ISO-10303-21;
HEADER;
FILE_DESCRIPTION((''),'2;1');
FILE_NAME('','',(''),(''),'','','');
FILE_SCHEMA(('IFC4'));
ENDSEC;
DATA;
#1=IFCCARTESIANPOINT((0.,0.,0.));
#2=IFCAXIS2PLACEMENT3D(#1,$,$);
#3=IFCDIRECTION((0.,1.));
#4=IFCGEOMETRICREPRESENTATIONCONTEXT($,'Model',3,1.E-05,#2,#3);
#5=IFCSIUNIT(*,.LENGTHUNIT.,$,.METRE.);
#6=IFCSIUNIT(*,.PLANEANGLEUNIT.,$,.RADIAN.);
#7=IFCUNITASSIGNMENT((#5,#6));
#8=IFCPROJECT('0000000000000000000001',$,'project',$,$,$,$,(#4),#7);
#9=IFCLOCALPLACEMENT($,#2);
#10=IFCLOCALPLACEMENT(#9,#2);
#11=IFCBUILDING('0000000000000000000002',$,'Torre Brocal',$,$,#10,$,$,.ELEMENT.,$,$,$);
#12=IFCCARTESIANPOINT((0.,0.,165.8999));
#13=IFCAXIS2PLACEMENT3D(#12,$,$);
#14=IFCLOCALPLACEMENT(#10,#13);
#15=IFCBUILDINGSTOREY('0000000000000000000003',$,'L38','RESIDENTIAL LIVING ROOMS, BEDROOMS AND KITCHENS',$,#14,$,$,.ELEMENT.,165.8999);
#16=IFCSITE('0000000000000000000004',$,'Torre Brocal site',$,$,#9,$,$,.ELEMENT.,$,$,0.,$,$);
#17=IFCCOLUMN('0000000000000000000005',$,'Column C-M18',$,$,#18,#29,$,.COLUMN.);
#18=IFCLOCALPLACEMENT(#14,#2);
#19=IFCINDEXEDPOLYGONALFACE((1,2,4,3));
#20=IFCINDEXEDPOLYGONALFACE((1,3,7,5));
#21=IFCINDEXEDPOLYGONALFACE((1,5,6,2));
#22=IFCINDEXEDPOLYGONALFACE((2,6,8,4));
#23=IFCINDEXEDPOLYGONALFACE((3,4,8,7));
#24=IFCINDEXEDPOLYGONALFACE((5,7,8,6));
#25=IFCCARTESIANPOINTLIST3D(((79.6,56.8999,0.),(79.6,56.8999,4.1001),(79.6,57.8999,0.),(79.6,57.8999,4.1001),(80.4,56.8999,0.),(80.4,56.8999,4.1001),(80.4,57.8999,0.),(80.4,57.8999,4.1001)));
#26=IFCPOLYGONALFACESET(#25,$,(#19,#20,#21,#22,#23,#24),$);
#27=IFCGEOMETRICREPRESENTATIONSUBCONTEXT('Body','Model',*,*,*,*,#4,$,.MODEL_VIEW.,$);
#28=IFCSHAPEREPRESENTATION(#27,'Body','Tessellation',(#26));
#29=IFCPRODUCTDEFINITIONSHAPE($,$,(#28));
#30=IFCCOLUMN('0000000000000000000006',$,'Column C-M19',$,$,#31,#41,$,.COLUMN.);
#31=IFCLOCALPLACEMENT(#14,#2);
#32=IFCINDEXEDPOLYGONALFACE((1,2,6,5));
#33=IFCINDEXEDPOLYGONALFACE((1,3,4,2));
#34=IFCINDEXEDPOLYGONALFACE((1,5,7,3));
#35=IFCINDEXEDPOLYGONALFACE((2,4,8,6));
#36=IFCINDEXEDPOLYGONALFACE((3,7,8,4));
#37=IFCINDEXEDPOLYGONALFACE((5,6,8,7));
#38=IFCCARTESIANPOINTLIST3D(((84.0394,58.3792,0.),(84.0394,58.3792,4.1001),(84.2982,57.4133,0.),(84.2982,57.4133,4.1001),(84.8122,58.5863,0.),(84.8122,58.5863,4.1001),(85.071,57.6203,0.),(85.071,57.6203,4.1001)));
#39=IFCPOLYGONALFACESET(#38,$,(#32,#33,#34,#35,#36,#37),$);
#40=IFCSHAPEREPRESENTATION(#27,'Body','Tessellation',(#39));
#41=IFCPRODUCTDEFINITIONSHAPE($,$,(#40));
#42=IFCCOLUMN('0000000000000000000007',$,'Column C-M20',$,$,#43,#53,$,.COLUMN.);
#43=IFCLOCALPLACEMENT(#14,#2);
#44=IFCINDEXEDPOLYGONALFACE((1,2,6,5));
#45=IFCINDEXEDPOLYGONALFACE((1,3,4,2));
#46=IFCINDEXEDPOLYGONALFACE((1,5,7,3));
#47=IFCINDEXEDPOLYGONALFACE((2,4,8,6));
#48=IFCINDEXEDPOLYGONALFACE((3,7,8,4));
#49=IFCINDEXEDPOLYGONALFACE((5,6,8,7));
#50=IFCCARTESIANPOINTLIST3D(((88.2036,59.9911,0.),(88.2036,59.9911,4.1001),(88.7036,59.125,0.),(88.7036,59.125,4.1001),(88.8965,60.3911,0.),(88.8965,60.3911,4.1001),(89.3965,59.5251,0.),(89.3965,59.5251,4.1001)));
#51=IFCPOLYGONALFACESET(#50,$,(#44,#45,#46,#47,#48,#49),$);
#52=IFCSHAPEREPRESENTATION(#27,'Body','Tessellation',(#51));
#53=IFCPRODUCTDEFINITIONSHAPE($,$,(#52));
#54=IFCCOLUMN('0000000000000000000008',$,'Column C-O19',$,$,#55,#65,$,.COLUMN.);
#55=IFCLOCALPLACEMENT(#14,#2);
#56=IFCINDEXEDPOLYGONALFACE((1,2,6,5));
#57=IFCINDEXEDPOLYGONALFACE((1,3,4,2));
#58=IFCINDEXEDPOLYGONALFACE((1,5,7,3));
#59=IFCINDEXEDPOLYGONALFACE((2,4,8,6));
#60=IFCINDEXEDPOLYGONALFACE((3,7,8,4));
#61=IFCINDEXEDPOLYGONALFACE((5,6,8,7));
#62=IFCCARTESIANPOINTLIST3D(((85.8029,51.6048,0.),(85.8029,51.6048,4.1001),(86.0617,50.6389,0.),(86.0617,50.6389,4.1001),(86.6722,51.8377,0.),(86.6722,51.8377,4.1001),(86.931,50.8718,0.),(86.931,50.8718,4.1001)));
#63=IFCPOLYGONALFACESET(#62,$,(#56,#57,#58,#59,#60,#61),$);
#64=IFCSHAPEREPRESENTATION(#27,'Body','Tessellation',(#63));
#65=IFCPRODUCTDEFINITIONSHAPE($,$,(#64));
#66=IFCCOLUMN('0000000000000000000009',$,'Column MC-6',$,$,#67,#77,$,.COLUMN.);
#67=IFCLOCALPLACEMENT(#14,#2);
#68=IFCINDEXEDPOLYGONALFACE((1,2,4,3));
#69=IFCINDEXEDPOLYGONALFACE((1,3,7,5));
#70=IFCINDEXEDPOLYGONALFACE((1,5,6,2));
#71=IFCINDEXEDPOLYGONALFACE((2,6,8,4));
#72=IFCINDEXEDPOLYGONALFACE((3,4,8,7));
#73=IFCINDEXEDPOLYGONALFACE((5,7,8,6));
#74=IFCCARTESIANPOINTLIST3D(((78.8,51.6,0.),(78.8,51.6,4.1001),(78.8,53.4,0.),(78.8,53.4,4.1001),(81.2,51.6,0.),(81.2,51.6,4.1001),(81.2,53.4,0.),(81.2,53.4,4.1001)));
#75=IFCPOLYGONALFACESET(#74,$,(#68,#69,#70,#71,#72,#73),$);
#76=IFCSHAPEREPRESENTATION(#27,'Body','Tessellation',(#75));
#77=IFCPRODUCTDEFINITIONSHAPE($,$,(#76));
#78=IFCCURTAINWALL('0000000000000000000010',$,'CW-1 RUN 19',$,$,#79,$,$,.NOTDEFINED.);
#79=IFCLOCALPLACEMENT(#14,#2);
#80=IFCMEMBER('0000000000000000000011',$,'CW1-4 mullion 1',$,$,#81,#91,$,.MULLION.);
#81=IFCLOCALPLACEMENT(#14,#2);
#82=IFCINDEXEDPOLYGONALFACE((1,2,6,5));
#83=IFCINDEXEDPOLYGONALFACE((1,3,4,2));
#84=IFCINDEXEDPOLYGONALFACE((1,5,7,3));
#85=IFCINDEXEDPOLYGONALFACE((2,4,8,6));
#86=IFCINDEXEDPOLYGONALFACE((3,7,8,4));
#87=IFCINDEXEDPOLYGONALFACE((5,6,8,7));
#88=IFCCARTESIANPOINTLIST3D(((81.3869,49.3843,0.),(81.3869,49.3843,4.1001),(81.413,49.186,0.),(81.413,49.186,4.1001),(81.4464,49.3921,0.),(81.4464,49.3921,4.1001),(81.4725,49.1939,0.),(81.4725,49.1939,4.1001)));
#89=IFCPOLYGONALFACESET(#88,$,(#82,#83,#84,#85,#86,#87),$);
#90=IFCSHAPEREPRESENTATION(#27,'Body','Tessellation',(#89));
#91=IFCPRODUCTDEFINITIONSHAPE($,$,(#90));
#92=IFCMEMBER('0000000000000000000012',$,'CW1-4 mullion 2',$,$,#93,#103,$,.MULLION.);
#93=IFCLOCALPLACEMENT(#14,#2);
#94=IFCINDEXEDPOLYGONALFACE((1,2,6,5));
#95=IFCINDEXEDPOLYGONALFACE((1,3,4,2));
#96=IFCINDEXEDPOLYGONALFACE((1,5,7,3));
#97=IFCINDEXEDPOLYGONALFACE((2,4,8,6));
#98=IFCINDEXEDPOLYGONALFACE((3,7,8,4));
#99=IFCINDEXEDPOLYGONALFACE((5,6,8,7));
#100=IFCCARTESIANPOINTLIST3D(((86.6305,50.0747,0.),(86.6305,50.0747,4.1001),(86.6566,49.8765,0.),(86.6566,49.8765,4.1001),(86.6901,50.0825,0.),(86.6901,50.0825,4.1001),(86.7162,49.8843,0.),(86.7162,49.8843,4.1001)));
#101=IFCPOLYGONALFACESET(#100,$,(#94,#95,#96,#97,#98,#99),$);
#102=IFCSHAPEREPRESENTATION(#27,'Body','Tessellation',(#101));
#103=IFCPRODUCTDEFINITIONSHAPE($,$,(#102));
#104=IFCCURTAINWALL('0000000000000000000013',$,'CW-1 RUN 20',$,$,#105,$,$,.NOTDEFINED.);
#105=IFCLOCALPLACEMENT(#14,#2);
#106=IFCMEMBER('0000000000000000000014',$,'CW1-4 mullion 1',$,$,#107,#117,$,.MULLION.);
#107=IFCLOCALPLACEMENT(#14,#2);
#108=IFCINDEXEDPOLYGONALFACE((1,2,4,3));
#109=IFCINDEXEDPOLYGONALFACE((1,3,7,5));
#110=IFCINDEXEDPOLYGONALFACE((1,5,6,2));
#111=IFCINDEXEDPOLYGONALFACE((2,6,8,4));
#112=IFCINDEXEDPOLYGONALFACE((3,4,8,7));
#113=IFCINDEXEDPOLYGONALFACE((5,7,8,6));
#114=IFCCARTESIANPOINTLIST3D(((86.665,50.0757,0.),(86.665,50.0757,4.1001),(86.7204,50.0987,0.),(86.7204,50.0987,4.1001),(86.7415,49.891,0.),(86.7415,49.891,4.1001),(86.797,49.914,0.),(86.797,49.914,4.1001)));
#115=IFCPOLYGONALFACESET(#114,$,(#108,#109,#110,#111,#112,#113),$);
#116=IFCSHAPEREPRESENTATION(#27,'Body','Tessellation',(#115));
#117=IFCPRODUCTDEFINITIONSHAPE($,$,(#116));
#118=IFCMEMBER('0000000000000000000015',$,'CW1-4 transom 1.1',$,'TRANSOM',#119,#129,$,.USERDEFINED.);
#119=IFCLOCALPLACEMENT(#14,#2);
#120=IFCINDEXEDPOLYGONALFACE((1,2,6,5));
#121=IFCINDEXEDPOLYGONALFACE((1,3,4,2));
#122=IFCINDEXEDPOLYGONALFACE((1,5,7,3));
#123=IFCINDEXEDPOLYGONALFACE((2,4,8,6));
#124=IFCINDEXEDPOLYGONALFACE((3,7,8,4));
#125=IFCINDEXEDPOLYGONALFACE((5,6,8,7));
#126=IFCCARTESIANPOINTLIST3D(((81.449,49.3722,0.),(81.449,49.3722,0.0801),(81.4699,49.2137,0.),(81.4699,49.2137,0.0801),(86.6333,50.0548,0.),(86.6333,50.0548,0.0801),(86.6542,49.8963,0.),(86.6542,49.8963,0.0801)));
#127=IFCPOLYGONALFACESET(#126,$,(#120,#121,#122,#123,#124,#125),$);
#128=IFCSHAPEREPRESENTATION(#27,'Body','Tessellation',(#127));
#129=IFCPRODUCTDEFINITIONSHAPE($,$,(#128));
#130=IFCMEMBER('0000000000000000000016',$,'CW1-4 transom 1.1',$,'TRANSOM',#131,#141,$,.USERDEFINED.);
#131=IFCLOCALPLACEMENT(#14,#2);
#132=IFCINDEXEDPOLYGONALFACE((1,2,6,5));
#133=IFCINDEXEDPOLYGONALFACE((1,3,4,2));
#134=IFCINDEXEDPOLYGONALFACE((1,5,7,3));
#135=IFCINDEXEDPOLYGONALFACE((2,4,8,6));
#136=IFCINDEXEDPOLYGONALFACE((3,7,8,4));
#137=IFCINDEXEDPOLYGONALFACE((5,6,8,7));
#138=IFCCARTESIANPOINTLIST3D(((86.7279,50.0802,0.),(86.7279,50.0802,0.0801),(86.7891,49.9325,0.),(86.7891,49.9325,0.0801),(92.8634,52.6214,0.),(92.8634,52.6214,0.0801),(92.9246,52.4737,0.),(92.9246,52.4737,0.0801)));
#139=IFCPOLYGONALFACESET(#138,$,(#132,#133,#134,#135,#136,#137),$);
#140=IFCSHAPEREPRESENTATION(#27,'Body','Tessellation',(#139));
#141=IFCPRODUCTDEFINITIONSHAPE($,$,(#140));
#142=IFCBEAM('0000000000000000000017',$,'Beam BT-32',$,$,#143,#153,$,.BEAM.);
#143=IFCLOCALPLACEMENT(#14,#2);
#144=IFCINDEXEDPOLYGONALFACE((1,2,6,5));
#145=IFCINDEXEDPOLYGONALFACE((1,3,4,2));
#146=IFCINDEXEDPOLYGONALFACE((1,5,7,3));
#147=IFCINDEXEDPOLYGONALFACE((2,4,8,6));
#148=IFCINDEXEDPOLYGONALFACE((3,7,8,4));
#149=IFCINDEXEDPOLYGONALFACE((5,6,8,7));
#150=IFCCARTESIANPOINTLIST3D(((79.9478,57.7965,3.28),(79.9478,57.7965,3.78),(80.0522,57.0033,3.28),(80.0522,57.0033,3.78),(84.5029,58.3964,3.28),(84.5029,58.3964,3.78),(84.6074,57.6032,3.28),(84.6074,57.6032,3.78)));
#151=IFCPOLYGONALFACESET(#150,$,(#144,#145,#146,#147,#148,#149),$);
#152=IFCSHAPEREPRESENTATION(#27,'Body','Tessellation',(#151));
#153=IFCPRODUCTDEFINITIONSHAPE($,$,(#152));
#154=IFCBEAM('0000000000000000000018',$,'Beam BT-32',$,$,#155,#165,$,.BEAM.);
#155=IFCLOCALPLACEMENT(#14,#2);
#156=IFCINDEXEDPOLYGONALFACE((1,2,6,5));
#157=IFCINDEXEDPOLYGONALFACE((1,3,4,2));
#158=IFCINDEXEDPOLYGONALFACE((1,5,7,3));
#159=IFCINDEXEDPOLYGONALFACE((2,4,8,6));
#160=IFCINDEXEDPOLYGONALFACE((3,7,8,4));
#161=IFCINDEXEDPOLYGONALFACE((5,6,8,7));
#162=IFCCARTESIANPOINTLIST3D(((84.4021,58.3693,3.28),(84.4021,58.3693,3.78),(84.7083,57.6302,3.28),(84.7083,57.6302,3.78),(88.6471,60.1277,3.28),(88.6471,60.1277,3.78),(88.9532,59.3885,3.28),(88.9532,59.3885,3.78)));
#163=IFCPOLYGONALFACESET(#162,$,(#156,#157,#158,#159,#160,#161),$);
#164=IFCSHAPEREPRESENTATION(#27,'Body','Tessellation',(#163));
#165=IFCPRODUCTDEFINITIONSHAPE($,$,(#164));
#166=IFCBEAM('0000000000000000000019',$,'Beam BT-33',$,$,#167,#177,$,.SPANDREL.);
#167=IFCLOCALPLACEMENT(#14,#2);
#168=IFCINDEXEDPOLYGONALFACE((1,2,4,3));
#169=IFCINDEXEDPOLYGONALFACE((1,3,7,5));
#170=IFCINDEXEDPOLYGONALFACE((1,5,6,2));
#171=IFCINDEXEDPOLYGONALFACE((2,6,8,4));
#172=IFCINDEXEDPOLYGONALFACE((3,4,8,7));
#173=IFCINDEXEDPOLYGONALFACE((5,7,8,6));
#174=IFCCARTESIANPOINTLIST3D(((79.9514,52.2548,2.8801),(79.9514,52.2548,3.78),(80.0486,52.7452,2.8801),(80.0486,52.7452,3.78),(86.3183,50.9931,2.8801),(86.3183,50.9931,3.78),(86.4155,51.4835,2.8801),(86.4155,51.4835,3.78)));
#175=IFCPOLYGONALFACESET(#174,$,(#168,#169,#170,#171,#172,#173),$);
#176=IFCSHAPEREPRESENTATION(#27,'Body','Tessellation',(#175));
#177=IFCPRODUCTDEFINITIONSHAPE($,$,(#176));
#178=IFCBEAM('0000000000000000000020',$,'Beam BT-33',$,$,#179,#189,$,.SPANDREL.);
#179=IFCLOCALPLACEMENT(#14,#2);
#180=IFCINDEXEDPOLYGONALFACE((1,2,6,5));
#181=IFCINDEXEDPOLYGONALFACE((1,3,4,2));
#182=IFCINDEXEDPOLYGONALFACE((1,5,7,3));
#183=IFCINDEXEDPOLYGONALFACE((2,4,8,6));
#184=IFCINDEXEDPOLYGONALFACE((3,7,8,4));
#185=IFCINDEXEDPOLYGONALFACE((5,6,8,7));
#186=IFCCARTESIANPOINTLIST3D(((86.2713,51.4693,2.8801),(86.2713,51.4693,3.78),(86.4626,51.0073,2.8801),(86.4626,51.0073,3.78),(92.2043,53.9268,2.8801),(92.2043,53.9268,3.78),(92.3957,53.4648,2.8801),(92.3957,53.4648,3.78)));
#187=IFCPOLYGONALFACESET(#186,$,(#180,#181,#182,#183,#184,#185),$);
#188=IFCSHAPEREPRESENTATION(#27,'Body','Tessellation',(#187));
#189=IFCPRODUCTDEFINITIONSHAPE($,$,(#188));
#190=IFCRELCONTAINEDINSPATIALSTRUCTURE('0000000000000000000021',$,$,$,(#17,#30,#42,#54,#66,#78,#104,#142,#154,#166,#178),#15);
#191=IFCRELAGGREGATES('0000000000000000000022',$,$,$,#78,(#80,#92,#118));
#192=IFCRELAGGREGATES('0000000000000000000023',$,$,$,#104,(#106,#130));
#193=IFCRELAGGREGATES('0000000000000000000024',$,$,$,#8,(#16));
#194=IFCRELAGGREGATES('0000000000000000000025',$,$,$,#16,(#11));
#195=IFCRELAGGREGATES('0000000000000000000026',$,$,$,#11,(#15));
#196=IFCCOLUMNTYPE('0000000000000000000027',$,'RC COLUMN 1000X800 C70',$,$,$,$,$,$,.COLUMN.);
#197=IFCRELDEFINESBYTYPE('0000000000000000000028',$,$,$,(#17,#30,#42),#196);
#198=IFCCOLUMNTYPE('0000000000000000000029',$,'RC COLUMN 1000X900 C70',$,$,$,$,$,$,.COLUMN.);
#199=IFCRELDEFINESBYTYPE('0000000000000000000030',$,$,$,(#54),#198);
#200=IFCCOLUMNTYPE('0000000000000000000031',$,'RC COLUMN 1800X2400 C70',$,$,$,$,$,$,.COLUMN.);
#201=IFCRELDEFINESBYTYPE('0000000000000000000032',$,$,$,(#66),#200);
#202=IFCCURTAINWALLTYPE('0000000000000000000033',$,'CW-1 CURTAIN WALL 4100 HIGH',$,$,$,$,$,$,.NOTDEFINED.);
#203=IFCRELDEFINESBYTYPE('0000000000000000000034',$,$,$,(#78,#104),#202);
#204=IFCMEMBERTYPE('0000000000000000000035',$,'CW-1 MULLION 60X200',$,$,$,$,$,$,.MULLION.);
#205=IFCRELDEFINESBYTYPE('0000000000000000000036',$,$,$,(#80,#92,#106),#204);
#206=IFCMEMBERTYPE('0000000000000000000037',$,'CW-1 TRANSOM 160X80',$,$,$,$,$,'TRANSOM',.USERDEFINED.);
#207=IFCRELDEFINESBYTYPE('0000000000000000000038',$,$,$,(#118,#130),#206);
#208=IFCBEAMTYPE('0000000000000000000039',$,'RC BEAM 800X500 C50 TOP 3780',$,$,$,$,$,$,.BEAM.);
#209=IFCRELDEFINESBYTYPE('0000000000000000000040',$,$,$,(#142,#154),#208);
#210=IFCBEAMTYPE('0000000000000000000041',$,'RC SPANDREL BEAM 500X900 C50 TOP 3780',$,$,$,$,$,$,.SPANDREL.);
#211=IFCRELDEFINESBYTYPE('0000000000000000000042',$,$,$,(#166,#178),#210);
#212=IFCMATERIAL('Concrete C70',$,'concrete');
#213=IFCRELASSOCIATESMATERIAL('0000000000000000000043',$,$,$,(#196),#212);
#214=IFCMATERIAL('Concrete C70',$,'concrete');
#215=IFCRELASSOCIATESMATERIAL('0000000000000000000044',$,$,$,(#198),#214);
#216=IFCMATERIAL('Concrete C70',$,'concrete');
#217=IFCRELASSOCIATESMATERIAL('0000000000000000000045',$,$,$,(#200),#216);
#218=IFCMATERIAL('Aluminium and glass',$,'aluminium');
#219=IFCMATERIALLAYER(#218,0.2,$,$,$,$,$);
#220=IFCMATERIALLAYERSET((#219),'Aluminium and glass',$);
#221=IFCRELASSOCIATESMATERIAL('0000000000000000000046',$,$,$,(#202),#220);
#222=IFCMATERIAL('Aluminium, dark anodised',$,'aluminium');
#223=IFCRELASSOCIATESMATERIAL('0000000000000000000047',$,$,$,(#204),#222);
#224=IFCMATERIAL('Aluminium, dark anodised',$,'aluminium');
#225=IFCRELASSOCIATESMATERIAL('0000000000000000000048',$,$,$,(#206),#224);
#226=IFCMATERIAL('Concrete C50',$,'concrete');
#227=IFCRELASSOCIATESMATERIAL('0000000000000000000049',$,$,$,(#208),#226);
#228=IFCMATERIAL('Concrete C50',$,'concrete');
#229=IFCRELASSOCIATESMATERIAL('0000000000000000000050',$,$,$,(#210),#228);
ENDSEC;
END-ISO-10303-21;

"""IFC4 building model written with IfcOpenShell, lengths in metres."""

from ifc_helpers import new_model, si_unit, direction, frame, origin, origin_2d, place, context, subcontext, project, spatial, rectangle, extrude, material, layer, layer_set, material_profile, profile_set, type_object, element, aggregate, save


model = new_model("IFC4")

# Units and contexts
model_context = context("Model", 3, precision=1e-05, world=origin(), true_north=direction((0.0, 1.0)))
body_context = subcontext(model_context, "Body", "Model", "MODEL_VIEW")
ifc_project = project(units=[si_unit("LENGTHUNIT", "METRE"), si_unit("PLANEANGLEUNIT", "RADIAN")], contexts=[model_context])

# Site, building, storey
site_placement = place(None, origin())
site = spatial("IfcSite", under=ifc_project, at=site_placement, Name="Torre Brocal site", CompositionType="ELEMENT", RefElevation=0.0)
building_placement = place(site_placement, origin())
building = spatial("IfcBuilding", under=site, at=building_placement, Name="Torre Brocal", CompositionType="ELEMENT")
storey_placement = place(building_placement, frame((0.0, 0.0, 165.8999)))
storey = spatial("IfcBuildingStorey", under=building, at=storey_placement, Name="L38", Description="RESIDENTIAL LIVING ROOMS, BEDROOMS AND KITCHENS", CompositionType="ELEMENT", Elevation=165.8999)

# Columns
ifc_material_1 = material(Name="Concrete C70", Category="concrete")
ifc_material_profile_1 = material_profile(ifc_material_1, rectangle(XDim=1.0, YDim=0.8, at=origin_2d()), Name="RC 1000X800")
ifc_profile_set_1 = profile_set([ifc_material_profile_1], Name="Concrete C70")
column_type_1 = type_object("IfcColumnType", Name="RC COLUMN 1000X800 C70", PredefinedType="COLUMN", material=ifc_profile_set_1)
for number, where, z_axis, x_axis, name in (
    (1, (80.0, 57.3999, 0.0), (0.0, 0.0, 1.0), (0.0, -1.0, 0.0), "Column C-M18"),
    (2, (84.5552, 57.9998, 0.0), (0.0, 0.0, 1.0), (0.258819, -0.965926, 0.0), "Column C-M19"),
    (3, (88.8, 59.7581, 0.0), (0.0, 0.0, 1.0), (0.5, -0.866025, 0.0), "Column C-M20"),
):
    element("IfcColumn", number, at=place(storey_placement, frame(where, z_axis=z_axis, x_axis=x_axis)), inside=storey, type_object=column_type_1, Name=name, PredefinedType="COLUMN", context=body_context, shape_type="SweptSolid", body=[
        extrude(rectangle(XDim=1.0, YDim=0.8, at=origin_2d()), origin(), (0.0, 0.0, 1.0), 4.1001),
    ])
ifc_material_2 = material(Name="Concrete C70", Category="concrete")
ifc_material_profile_2 = material_profile(ifc_material_2, rectangle(XDim=1.0, YDim=0.8999, at=origin_2d()), Name="RC 1000X900")
ifc_profile_set_2 = profile_set([ifc_material_profile_2], Name="Concrete C70")
column_type_2 = type_object("IfcColumnType", Name="RC COLUMN 1000X900 C70", PredefinedType="COLUMN", material=ifc_profile_set_2)
column_1_placement = place(storey_placement, frame((86.3669, 51.2383, 0.0), z_axis=(0.0, 0.0, 1.0), x_axis=(0.258819, -0.965926, 0.0)))
element("IfcColumn", 4, at=column_1_placement, inside=storey, type_object=column_type_2, Name="Column C-O19", PredefinedType="COLUMN", context=body_context, shape_type="SweptSolid", body=[
    extrude(rectangle(XDim=1.0, YDim=0.8999, at=origin_2d()), origin(), (0.0, 0.0, 1.0), 4.1001),
])
ifc_material_3 = material(Name="Concrete C70", Category="concrete")
ifc_material_profile_3 = material_profile(ifc_material_3, rectangle(XDim=1.8, YDim=2.3999, at=origin_2d()), Name="RC 1800X2400")
ifc_profile_set_3 = profile_set([ifc_material_profile_3], Name="Concrete C70")
column_type_3 = type_object("IfcColumnType", Name="RC COLUMN 1800X2400 C70", PredefinedType="COLUMN", material=ifc_profile_set_3)
column_2_placement = place(storey_placement, frame((80.0, 52.5, 0.0), z_axis=(0.0, 0.0, 1.0), x_axis=(0.0, -1.0, 0.0)))
element("IfcColumn", 5, at=column_2_placement, inside=storey, type_object=column_type_3, Name="Column MC-6", PredefinedType="COLUMN", context=body_context, shape_type="SweptSolid", body=[
    extrude(rectangle(XDim=1.8, YDim=2.3999, at=origin_2d()), origin(), (0.0, 0.0, 1.0), 4.1001),
])

# Curtain wall, members
ifc_material_4 = material(Name="Aluminium and glass", Category="aluminium")
ifc_layer_1 = layer(ifc_material_4, 0.2)
ifc_layer_set_1 = layer_set([ifc_layer_1], Name="Aluminium and glass")
curtain_wall_type = type_object("IfcCurtainWallType", Name="CW-1 CURTAIN WALL 4100 HIGH", PredefinedType="NOTDEFINED", material=ifc_layer_set_1)
curtain_wall_1_placement = place(storey_placement, origin())
curtain_wall_1 = element("IfcCurtainWall", 6, at=curtain_wall_1_placement, inside=storey, type_object=curtain_wall_type, Name="CW-1 RUN 19", PredefinedType="NOTDEFINED")
ifc_material_5 = material(Name="Aluminium, dark anodised", Category="aluminium")
ifc_material_profile_4 = material_profile(ifc_material_5, rectangle(XDim=0.2, YDim=0.0601, at=origin_2d()), Name="CW-1 MULLION 60X200")
ifc_profile_set_4 = profile_set([ifc_material_profile_4], Name="Aluminium, dark anodised")
member_type_1 = type_object("IfcMemberType", Name="CW-1 MULLION 60X200", PredefinedType="MULLION", material=ifc_profile_set_4)
member_1_placement = place(storey_placement, frame((81.4297, 49.2891, 0.0), z_axis=(0.0, 0.0, 1.0), x_axis=(-0.130526, 0.991445, 0.0)))
member_1 = element("IfcMember", 7, at=member_1_placement, type_object=member_type_1, Name="CW1-4 mullion 1", PredefinedType="MULLION", context=body_context, shape_type="SweptSolid", body=[
    extrude(rectangle(XDim=0.2, YDim=0.0601, at=origin_2d()), origin(), (0.0, 0.0, 1.0), 4.1001),
])
member_2_placement = place(storey_placement, frame((86.6733, 49.9795, 0.0), z_axis=(0.0, 0.0, 1.0), x_axis=(-0.130526, 0.991445, 0.0)))
member_2 = element("IfcMember", 8, at=member_2_placement, type_object=member_type_1, Name="CW1-4 mullion 2", PredefinedType="MULLION", context=body_context, shape_type="SweptSolid", body=[
    extrude(rectangle(XDim=0.2, YDim=0.0601, at=origin_2d()), origin(), (0.0, 0.0, 1.0), 4.1001),
])

# Curtain wall, member
curtain_wall_2_placement = place(storey_placement, origin())
curtain_wall_2 = element("IfcCurtainWall", 9, at=curtain_wall_2_placement, inside=storey, type_object=curtain_wall_type, Name="CW-1 RUN 20", PredefinedType="NOTDEFINED")
member_3_placement = place(storey_placement, frame((86.731, 49.9949, 0.0), z_axis=(0.0, 0.0, 1.0), x_axis=(-0.382683, 0.92388, 0.0)))
member_3 = element("IfcMember", 10, at=member_3_placement, type_object=member_type_1, Name="CW1-4 mullion 1", PredefinedType="MULLION", context=body_context, shape_type="SweptSolid", body=[
    extrude(rectangle(XDim=0.2, YDim=0.0601, at=origin_2d()), origin(), (0.0, 0.0, 1.0), 4.1001),
])

# Members
ifc_material_6 = material(Name="Aluminium, dark anodised", Category="aluminium")
ifc_material_profile_5 = material_profile(ifc_material_6, rectangle(XDim=0.1599, YDim=0.0801, at=origin_2d()), Name="CW-1 TRANSOM 160X80")
ifc_profile_set_5 = profile_set([ifc_material_profile_5], Name="Aluminium, dark anodised")
member_type_2 = type_object("IfcMemberType", Name="CW-1 TRANSOM 160X80", ElementType="TRANSOM", PredefinedType="USERDEFINED", material=ifc_profile_set_5)
member_4_placement = place(storey_placement, frame((81.4595, 49.293, 0.04), z_axis=(0.991443, 0.130543, 0.0), x_axis=(-0.130543, 0.991443, 0.0)))
member_4 = element("IfcMember", 11, at=member_4_placement, type_object=member_type_2, Name="CW1-4 transom 1.1", ObjectType="TRANSOM", PredefinedType="USERDEFINED", context=body_context, shape_type="SweptSolid", body=[
    extrude(rectangle(XDim=0.1599, YDim=0.0801, at=origin_2d()), origin(), (0.0, 0.0, 1.0), 5.229),
])
member_5_placement = place(storey_placement, frame((86.7585, 50.0063, 0.04), z_axis=(0.923887, 0.382665, 0.0), x_axis=(-0.382665, 0.923887, 0.0)))
member_5 = element("IfcMember", 12, at=member_5_placement, type_object=member_type_2, Name="CW1-4 transom 1.1", ObjectType="TRANSOM", PredefinedType="USERDEFINED", context=body_context, shape_type="SweptSolid", body=[
    extrude(rectangle(XDim=0.1599, YDim=0.0801, at=origin_2d()), origin(), (0.0, 0.0, 1.0), 6.6409),
])

# Beams
ifc_material_7 = material(Name="Concrete C50", Category="concrete")
ifc_material_profile_6 = material_profile(ifc_material_7, rectangle(XDim=0.8, YDim=0.5, at=origin_2d()), Name="RC 800X500")
ifc_profile_set_6 = profile_set([ifc_material_profile_6], Name="Concrete C50")
beam_type_1 = type_object("IfcBeamType", Name="RC BEAM 800X500 C50 TOP 3780", PredefinedType="BEAM", material=ifc_profile_set_6)
beam_1_placement = place(storey_placement, frame((80.0, 57.3999, 3.53), z_axis=(0.991441, 0.130559, 0.0), x_axis=(-0.130559, 0.991441, 0.0)))
element("IfcBeam", 13, at=beam_1_placement, inside=storey, type_object=beam_type_1, Name="Beam BT-32", PredefinedType="BEAM", context=body_context, shape_type="SweptSolid", body=[
    extrude(rectangle(XDim=0.8, YDim=0.5, at=origin_2d()), origin(), (0.0, 0.0, 1.0), 4.5945),
])
beam_2_placement = place(storey_placement, frame((84.5552, 57.9998, 3.53), z_axis=(0.923878, 0.382687, 0.0), x_axis=(-0.382687, 0.923878, 0.0)))
element("IfcBeam", 14, at=beam_2_placement, inside=storey, type_object=beam_type_1, Name="Beam BT-32", PredefinedType="BEAM", context=body_context, shape_type="SweptSolid", body=[
    extrude(rectangle(XDim=0.8, YDim=0.5, at=origin_2d()), origin(), (0.0, 0.0, 1.0), 4.5947),
])
ifc_material_8 = material(Name="Concrete C50", Category="concrete")
ifc_material_profile_7 = material_profile(ifc_material_8, rectangle(XDim=0.5, YDim=0.8999, at=origin_2d()), Name="RC 500X900")
ifc_profile_set_7 = profile_set([ifc_material_profile_7], Name="Concrete C50")
beam_type_2 = type_object("IfcBeamType", Name="RC SPANDREL BEAM 500X900 C50 TOP 3780", PredefinedType="SPANDREL", material=ifc_profile_set_7)
beam_3_placement = place(storey_placement, frame((80.0, 52.5, 3.3301), z_axis=(0.980925, -0.194387, 0.0), x_axis=(0.194387, 0.980925, 0.0)))
element("IfcBeam", 15, at=beam_3_placement, inside=storey, type_object=beam_type_2, Name="Beam BT-33", PredefinedType="SPANDREL", context=body_context, shape_type="SweptSolid", body=[
    extrude(rectangle(XDim=0.5, YDim=0.8999, at=origin_2d()), origin(), (0.0, 0.0, 1.0), 6.4907),
])
beam_4_placement = place(storey_placement, frame((86.3669, 51.2383, 3.3301), z_axis=(0.923882, 0.382676, 0.0), x_axis=(-0.382676, 0.923882, 0.0)))
element("IfcBeam", 16, at=beam_4_placement, inside=storey, type_object=beam_type_2, Name="Beam BT-33", PredefinedType="SPANDREL", context=body_context, shape_type="SweptSolid", body=[
    extrude(rectangle(XDim=0.5, YDim=0.8999, at=origin_2d()), origin(), (0.0, 0.0, 1.0), 6.4219),
])

aggregate(curtain_wall_1, [member_1, member_2, member_4])
aggregate(curtain_wall_2, [member_3, member_5])

save(model, "model.ifc")
